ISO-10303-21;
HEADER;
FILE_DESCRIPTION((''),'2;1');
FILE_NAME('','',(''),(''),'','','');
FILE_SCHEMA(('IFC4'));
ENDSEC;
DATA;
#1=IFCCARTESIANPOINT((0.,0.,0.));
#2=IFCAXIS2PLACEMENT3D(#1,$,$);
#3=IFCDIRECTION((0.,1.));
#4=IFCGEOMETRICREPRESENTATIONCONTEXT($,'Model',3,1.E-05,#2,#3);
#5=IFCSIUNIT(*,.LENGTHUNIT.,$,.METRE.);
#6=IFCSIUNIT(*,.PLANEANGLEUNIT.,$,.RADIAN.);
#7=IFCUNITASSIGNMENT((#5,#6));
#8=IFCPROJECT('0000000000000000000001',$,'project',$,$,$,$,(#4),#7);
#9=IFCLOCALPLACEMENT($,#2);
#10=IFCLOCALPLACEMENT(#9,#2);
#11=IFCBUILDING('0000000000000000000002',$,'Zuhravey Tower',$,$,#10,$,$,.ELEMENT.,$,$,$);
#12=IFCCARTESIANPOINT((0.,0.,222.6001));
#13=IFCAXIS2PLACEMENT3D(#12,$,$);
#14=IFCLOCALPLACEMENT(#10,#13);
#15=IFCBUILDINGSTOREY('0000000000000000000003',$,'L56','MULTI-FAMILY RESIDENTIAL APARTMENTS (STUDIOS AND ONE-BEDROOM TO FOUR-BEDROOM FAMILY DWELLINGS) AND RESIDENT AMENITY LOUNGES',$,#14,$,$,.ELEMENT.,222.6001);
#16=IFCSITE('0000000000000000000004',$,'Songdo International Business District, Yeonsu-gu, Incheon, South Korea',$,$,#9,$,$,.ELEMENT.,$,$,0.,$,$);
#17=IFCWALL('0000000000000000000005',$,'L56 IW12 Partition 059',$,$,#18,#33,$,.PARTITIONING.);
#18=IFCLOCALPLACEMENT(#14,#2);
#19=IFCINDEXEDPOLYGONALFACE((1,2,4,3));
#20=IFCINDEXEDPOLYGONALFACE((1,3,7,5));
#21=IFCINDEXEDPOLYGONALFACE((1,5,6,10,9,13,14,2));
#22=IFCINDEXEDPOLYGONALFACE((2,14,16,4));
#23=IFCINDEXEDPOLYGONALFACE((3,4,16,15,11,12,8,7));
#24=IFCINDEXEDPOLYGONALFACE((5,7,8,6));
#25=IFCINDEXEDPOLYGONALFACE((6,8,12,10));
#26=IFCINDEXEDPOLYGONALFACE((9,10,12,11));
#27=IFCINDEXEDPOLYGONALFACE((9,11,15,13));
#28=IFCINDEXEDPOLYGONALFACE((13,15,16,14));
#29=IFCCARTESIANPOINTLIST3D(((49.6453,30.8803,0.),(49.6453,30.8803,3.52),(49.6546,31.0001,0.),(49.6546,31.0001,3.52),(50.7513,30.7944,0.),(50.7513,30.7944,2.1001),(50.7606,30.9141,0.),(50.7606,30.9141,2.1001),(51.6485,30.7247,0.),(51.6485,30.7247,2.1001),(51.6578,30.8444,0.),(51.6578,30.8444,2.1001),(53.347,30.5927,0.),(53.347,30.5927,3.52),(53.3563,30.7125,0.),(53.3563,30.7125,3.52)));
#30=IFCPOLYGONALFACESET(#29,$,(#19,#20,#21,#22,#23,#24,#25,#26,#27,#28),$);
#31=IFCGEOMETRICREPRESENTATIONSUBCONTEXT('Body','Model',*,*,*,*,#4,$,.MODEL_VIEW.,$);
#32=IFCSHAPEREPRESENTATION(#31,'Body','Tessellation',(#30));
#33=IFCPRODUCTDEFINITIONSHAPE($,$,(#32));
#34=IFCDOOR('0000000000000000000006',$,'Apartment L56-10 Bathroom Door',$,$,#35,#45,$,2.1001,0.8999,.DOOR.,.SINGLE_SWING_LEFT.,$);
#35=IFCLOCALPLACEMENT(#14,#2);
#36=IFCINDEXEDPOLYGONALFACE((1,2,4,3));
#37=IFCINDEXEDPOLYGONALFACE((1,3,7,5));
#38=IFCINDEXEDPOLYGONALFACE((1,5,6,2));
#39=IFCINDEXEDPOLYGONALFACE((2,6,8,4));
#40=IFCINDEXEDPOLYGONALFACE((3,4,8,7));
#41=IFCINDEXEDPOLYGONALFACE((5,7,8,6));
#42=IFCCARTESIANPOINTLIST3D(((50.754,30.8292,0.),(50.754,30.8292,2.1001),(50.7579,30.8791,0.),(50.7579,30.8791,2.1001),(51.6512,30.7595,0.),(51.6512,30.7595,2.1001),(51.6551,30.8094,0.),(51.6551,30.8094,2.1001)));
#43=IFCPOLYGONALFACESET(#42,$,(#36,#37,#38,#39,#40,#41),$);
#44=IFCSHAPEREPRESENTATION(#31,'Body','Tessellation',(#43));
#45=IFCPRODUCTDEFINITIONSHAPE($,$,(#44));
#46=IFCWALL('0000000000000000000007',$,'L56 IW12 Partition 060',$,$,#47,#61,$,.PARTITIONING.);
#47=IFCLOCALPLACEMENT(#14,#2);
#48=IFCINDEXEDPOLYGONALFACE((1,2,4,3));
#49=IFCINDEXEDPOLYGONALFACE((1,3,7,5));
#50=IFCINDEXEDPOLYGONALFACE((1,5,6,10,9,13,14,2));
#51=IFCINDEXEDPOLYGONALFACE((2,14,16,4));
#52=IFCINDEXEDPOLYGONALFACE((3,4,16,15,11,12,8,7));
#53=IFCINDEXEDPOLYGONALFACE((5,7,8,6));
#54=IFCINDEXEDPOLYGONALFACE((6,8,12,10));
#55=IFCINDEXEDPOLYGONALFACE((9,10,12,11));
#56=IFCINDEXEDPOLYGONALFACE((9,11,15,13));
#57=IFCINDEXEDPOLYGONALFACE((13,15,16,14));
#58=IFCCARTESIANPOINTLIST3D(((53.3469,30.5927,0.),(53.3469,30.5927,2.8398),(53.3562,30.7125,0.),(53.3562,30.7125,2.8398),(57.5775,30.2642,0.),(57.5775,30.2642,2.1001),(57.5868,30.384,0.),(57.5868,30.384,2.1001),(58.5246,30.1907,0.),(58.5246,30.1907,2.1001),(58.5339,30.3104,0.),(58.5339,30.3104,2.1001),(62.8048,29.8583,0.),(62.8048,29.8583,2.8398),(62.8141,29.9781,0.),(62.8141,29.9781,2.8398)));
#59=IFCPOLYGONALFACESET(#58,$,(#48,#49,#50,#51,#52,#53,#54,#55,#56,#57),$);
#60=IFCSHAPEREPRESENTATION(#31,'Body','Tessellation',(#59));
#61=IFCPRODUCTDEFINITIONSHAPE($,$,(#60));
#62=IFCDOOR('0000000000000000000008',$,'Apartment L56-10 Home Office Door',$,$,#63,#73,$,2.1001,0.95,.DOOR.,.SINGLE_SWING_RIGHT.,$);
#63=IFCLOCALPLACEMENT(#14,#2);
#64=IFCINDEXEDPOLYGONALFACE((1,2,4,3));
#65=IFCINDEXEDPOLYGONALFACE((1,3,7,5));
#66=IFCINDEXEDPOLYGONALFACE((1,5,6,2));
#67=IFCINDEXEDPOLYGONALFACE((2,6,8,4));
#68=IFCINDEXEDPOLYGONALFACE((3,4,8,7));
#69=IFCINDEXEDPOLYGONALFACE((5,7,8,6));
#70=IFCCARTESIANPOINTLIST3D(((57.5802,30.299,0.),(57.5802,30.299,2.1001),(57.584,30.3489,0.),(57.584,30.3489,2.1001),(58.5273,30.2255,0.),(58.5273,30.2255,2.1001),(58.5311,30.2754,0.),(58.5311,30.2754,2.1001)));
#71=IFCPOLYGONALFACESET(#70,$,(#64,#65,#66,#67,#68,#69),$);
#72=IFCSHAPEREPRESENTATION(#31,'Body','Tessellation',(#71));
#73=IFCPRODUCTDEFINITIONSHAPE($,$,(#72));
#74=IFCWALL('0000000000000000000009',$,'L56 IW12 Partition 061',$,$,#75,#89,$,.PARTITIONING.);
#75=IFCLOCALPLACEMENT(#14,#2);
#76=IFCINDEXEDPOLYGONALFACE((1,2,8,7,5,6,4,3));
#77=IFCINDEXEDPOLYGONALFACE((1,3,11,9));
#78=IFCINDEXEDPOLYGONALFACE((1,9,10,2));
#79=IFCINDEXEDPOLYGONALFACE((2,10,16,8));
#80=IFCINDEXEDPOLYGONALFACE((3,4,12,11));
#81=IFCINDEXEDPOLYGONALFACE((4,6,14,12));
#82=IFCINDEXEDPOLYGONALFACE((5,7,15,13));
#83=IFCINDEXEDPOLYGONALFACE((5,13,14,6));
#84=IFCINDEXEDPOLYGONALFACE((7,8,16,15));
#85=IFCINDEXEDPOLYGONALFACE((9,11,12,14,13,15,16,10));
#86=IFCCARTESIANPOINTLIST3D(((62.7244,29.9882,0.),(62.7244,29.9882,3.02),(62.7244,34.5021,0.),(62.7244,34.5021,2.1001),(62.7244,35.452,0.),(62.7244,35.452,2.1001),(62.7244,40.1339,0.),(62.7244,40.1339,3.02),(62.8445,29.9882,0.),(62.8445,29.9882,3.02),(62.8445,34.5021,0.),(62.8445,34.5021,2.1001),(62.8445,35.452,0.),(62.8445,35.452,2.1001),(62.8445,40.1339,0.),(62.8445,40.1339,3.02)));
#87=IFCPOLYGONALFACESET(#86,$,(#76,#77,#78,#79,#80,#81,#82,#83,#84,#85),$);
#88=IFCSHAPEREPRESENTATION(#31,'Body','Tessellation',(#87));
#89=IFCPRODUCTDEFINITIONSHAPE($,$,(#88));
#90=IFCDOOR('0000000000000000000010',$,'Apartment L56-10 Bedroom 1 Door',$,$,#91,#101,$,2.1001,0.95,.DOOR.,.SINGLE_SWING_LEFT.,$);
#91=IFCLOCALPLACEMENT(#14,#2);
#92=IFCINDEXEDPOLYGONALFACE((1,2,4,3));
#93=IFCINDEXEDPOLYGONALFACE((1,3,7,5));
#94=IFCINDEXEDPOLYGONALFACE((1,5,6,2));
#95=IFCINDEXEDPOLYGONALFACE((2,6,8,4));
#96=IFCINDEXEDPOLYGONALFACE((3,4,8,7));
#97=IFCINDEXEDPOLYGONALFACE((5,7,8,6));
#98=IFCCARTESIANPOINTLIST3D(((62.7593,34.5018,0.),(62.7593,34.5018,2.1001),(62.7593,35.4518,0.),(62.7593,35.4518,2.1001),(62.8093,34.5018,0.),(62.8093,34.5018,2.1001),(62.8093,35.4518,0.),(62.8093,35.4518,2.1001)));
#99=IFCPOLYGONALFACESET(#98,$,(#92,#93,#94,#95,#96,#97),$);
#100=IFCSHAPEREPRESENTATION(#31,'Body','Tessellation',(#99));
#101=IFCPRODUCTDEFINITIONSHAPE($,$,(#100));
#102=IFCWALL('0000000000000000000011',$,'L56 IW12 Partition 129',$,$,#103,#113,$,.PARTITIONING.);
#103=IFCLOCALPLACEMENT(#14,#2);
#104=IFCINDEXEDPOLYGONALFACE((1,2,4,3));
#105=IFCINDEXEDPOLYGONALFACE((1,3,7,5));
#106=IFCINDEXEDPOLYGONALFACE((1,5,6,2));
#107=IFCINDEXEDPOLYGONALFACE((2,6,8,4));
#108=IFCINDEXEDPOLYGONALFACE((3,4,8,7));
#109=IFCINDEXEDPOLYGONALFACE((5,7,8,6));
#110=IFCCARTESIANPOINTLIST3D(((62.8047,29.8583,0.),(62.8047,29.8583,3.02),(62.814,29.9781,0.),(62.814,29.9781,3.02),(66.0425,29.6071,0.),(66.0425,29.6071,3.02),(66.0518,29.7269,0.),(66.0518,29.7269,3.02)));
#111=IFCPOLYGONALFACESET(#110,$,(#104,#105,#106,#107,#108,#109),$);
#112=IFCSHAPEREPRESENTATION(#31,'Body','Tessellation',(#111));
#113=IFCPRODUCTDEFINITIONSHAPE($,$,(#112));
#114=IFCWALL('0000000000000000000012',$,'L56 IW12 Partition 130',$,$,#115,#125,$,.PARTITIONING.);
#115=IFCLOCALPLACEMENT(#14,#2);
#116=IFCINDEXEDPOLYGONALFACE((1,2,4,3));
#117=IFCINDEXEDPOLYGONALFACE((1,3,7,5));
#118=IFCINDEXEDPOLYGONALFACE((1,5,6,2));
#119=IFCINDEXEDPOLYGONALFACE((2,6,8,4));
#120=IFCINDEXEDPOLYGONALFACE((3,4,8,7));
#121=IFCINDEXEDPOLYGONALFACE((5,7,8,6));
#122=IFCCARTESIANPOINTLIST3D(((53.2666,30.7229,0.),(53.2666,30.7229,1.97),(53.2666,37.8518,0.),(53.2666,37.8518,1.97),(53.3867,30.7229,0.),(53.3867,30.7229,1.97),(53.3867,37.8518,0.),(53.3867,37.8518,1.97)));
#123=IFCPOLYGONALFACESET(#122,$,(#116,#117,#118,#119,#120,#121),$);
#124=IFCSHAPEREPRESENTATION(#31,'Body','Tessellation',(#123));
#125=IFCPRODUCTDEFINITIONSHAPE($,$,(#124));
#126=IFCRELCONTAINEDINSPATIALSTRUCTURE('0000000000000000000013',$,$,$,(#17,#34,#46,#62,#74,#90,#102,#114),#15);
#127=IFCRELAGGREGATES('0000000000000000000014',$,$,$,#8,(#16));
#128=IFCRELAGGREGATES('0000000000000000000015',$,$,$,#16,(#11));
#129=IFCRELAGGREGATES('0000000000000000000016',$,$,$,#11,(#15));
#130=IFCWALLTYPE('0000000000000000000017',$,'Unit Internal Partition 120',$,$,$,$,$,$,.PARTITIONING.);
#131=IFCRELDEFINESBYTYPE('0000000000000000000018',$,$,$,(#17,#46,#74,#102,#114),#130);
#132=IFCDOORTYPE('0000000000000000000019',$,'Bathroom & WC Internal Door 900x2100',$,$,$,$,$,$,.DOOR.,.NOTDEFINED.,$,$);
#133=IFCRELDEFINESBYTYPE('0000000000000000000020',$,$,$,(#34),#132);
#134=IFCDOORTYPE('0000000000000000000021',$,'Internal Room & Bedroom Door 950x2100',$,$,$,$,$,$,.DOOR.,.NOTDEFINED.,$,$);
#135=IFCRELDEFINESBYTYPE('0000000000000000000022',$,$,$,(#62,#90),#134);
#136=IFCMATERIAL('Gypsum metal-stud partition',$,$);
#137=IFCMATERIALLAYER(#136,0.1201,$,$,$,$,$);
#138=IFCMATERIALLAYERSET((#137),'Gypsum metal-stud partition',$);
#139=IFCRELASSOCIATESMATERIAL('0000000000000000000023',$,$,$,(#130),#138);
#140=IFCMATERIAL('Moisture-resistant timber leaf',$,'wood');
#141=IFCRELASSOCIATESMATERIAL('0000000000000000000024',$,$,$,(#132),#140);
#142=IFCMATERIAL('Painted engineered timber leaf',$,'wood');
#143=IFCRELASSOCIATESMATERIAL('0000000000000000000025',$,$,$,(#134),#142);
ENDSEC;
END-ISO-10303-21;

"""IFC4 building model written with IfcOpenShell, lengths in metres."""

from ifc_helpers import new_model, si_unit, direction, frame, frame_2d, origin, place, context, subcontext, project, spatial, rectangle, extrude, material, layer, layer_set, type_object, element, fill, save


model = new_model("IFC4")

# Units and contexts
model_context = context("Model", 3, precision=1e-05, world=origin(), true_north=direction((0.0, 1.0)))
body_context = subcontext(model_context, "Body", "Model", "MODEL_VIEW")
ifc_project = project(units=[si_unit("LENGTHUNIT", "METRE"), si_unit("PLANEANGLEUNIT", "RADIAN")], contexts=[model_context])

# Site, building, storey
site_placement = place(None, origin())
site = spatial("IfcSite", under=ifc_project, at=site_placement, Name="Songdo International Business District, Yeonsu-gu, Incheon, South Korea", CompositionType="ELEMENT", RefElevation=0.0)
building_placement = place(site_placement, origin())
building = spatial("IfcBuilding", under=site, at=building_placement, Name="Zuhravey Tower", CompositionType="ELEMENT")
storey_placement = place(building_placement, frame((0.0, 0.0, 222.6001)))
storey = spatial("IfcBuildingStorey", under=building, at=storey_placement, Name="L56", Description="MULTI-FAMILY RESIDENTIAL APARTMENTS (STUDIOS AND ONE-BEDROOM TO FOUR-BEDROOM FAMILY DWELLINGS) AND RESIDENT AMENITY LOUNGES", CompositionType="ELEMENT", Elevation=222.6001)

# Walls, openings, doors
ifc_material_1 = material(Name="Gypsum metal-stud partition")
ifc_layer_1 = layer(ifc_material_1, 0.1201)
ifc_layer_set_1 = layer_set([ifc_layer_1], Name="Gypsum metal-stud partition")
wall_type_1 = type_object("IfcWallType", Name="Unit Internal Partition 120", PredefinedType="PARTITIONING", material=ifc_layer_set_1)
wall_1_placement = place(storey_placement, frame((49.6499, 30.9402, 0.0), z_axis=(0.0, 0.0, 1.0), x_axis=(0.996995, -0.077461, 0.0)))
wall_1 = element("IfcWall", 1, at=wall_1_placement, inside=storey, type_object=wall_type_1, Name="L56 IW12 Partition 059", PredefinedType="PARTITIONING", context=body_context, shape_type="SweptSolid", body=[
    extrude(rectangle(XDim=3.7129, YDim=0.1201, at=frame_2d((1.8564, 0.0))), origin(), (0.0, 0.0, 1.0), 3.52),
])
opening_1_placement = place(wall_1_placement, frame((1.1094, 0.0, 0.0)))
opening_1 = element("IfcOpeningElement", 2, at=opening_1_placement, cuts=wall_1, PredefinedType="OPENING", context=body_context, shape_type="SweptSolid", body=[
    extrude(rectangle(XDim=0.8999, YDim=2.1001, at=frame_2d((0.45, 1.05))), frame((0.0, 0.072, 0.0), z_axis=(0.0, -1.0, 0.0), x_axis=(1.0, 0.0, 0.0)), (0.0, 0.0, 1.0), 0.144),
])
ifc_material_2 = material(Name="Moisture-resistant timber leaf", Category="wood")
door_type_1 = type_object("IfcDoorType", Name="Bathroom & WC Internal Door 900x2100", OperationType="NOTDEFINED", PredefinedType="DOOR", material=ifc_material_2)
door_1_placement = place(opening_1_placement, origin())
door_1 = element("IfcDoor", 3, at=door_1_placement, inside=storey, type_object=door_type_1, Name="Apartment L56-10 Bathroom Door", OperationType="SINGLE_SWING_LEFT", OverallHeight=2.1001, OverallWidth=0.8999, PredefinedType="DOOR", context=body_context, shape_type="SweptSolid", body=[
    extrude(rectangle(XDim=0.8999, YDim=2.1001, at=frame_2d((0.45, 1.05))), frame((0.0, 0.0249, 0.0), z_axis=(0.0, -1.0, 0.0), x_axis=(1.0, 0.0, 0.0)), (0.0, 0.0, 1.0), 0.05),
])
fill(opening_1, door_1)
wall_2_placement = place(storey_placement, frame((53.3516, 30.6526, 0.0), z_axis=(0.0, 0.0, 1.0), x_axis=(0.996999, -0.077415, 0.0)))
wall_2 = element("IfcWall", 4, at=wall_2_placement, inside=storey, type_object=wall_type_1, Name="L56 IW12 Partition 060", PredefinedType="PARTITIONING", context=body_context, shape_type="SweptSolid", body=[
    extrude(rectangle(XDim=9.4863, YDim=0.1201, at=frame_2d((4.7432, 0.0))), origin(), (0.0, 0.0, 1.0), 2.8398),
])
opening_2_placement = place(wall_2_placement, frame((4.2432, 0.0, 0.0)))
opening_2 = element("IfcOpeningElement", 5, at=opening_2_placement, cuts=wall_2, PredefinedType="OPENING", context=body_context, shape_type="SweptSolid", body=[
    extrude(rectangle(XDim=0.95, YDim=2.1001, at=frame_2d((0.4751, 1.05))), frame((0.0, 0.072, 0.0), z_axis=(0.0, -1.0, 0.0), x_axis=(1.0, 0.0, 0.0)), (0.0, 0.0, 1.0), 0.144),
])
ifc_material_3 = material(Name="Painted engineered timber leaf", Category="wood")
door_type_2 = type_object("IfcDoorType", Name="Internal Room & Bedroom Door 950x2100", OperationType="NOTDEFINED", PredefinedType="DOOR", material=ifc_material_3)
door_2_placement = place(opening_2_placement, origin())
door_2 = element("IfcDoor", 6, at=door_2_placement, inside=storey, type_object=door_type_2, Name="Apartment L56-10 Home Office Door", OperationType="SINGLE_SWING_RIGHT", OverallHeight=2.1001, OverallWidth=0.95, PredefinedType="DOOR", context=body_context, shape_type="SweptSolid", body=[
    extrude(rectangle(XDim=0.95, YDim=2.1001, at=frame_2d((0.4751, 1.05))), frame((0.0, 0.0249, 0.0), z_axis=(0.0, -1.0, 0.0), x_axis=(1.0, 0.0, 0.0)), (0.0, 0.0, 1.0), 0.05),
])
fill(opening_2, door_2)
wall_3_placement = place(storey_placement, frame((62.7844, 29.9883, 0.0), z_axis=(0.0, 0.0, 1.0), x_axis=(0.0, 1.0, 0.0)))
wall_3 = element("IfcWall", 7, at=wall_3_placement, inside=storey, type_object=wall_type_1, Name="L56 IW12 Partition 061", PredefinedType="PARTITIONING", context=body_context, shape_type="SweptSolid", body=[
    extrude(rectangle(XDim=10.1458, YDim=0.1201, at=frame_2d((5.0728, 0.0))), origin(), (0.0, 0.0, 1.0), 3.02),
])
opening_3_placement = place(wall_3_placement, frame((4.5137, 0.0, 0.0)))
opening_3 = element("IfcOpeningElement", 8, at=opening_3_placement, cuts=wall_3, PredefinedType="OPENING", context=body_context, shape_type="SweptSolid", body=[
    extrude(rectangle(XDim=0.95, YDim=2.1001, at=frame_2d((0.4751, 1.05))), frame((0.0, 0.072, 0.0), z_axis=(0.0, -1.0, 0.0), x_axis=(1.0, 0.0, 0.0)), (0.0, 0.0, 1.0), 0.144),
])
door_3_placement = place(opening_3_placement, frame((0.95, 0.0, 0.0), z_axis=(0.0, 0.0, 1.0), x_axis=(-1.0, 0.0, 0.0)))
door_3 = element("IfcDoor", 9, at=door_3_placement, inside=storey, type_object=door_type_2, Name="Apartment L56-10 Bedroom 1 Door", OperationType="SINGLE_SWING_LEFT", OverallHeight=2.1001, OverallWidth=0.95, PredefinedType="DOOR", context=body_context, shape_type="SweptSolid", body=[
    extrude(rectangle(XDim=0.95, YDim=2.1001, at=frame_2d((0.4751, 1.05))), frame((0.0, 0.0249, 0.0), z_axis=(0.0, -1.0, 0.0), x_axis=(1.0, 0.0, 0.0)), (0.0, 0.0, 1.0), 0.05),
])
fill(opening_3, door_3)

# Walls
wall_4_placement = place(storey_placement, frame((62.8093, 29.9182, 0.0), z_axis=(0.0, 0.0, 1.0), x_axis=(0.997003, -0.077358, 0.0)))
element("IfcWall", 10, at=wall_4_placement, inside=storey, type_object=wall_type_1, Name="L56 IW12 Partition 129", PredefinedType="PARTITIONING", context=body_context, shape_type="SweptSolid", body=[
    extrude(rectangle(XDim=3.2476, YDim=0.1201, at=frame_2d((1.6238, 0.0))), origin(), (0.0, 0.0, 1.0), 3.02),
])
wall_5_placement = place(storey_placement, frame((53.3267, 30.7229, 0.0), z_axis=(0.0, 0.0, 1.0), x_axis=(0.0, 1.0, 0.0)))
element("IfcWall", 11, at=wall_5_placement, inside=storey, type_object=wall_type_1, Name="L56 IW12 Partition 130", PredefinedType="PARTITIONING", context=body_context, shape_type="SweptSolid", body=[
    extrude(rectangle(XDim=7.1289, YDim=0.1201, at=frame_2d((3.5645, 0.0))), origin(), (0.0, 0.0, 1.0), 1.97),
])

save(model, "model.ifc")
